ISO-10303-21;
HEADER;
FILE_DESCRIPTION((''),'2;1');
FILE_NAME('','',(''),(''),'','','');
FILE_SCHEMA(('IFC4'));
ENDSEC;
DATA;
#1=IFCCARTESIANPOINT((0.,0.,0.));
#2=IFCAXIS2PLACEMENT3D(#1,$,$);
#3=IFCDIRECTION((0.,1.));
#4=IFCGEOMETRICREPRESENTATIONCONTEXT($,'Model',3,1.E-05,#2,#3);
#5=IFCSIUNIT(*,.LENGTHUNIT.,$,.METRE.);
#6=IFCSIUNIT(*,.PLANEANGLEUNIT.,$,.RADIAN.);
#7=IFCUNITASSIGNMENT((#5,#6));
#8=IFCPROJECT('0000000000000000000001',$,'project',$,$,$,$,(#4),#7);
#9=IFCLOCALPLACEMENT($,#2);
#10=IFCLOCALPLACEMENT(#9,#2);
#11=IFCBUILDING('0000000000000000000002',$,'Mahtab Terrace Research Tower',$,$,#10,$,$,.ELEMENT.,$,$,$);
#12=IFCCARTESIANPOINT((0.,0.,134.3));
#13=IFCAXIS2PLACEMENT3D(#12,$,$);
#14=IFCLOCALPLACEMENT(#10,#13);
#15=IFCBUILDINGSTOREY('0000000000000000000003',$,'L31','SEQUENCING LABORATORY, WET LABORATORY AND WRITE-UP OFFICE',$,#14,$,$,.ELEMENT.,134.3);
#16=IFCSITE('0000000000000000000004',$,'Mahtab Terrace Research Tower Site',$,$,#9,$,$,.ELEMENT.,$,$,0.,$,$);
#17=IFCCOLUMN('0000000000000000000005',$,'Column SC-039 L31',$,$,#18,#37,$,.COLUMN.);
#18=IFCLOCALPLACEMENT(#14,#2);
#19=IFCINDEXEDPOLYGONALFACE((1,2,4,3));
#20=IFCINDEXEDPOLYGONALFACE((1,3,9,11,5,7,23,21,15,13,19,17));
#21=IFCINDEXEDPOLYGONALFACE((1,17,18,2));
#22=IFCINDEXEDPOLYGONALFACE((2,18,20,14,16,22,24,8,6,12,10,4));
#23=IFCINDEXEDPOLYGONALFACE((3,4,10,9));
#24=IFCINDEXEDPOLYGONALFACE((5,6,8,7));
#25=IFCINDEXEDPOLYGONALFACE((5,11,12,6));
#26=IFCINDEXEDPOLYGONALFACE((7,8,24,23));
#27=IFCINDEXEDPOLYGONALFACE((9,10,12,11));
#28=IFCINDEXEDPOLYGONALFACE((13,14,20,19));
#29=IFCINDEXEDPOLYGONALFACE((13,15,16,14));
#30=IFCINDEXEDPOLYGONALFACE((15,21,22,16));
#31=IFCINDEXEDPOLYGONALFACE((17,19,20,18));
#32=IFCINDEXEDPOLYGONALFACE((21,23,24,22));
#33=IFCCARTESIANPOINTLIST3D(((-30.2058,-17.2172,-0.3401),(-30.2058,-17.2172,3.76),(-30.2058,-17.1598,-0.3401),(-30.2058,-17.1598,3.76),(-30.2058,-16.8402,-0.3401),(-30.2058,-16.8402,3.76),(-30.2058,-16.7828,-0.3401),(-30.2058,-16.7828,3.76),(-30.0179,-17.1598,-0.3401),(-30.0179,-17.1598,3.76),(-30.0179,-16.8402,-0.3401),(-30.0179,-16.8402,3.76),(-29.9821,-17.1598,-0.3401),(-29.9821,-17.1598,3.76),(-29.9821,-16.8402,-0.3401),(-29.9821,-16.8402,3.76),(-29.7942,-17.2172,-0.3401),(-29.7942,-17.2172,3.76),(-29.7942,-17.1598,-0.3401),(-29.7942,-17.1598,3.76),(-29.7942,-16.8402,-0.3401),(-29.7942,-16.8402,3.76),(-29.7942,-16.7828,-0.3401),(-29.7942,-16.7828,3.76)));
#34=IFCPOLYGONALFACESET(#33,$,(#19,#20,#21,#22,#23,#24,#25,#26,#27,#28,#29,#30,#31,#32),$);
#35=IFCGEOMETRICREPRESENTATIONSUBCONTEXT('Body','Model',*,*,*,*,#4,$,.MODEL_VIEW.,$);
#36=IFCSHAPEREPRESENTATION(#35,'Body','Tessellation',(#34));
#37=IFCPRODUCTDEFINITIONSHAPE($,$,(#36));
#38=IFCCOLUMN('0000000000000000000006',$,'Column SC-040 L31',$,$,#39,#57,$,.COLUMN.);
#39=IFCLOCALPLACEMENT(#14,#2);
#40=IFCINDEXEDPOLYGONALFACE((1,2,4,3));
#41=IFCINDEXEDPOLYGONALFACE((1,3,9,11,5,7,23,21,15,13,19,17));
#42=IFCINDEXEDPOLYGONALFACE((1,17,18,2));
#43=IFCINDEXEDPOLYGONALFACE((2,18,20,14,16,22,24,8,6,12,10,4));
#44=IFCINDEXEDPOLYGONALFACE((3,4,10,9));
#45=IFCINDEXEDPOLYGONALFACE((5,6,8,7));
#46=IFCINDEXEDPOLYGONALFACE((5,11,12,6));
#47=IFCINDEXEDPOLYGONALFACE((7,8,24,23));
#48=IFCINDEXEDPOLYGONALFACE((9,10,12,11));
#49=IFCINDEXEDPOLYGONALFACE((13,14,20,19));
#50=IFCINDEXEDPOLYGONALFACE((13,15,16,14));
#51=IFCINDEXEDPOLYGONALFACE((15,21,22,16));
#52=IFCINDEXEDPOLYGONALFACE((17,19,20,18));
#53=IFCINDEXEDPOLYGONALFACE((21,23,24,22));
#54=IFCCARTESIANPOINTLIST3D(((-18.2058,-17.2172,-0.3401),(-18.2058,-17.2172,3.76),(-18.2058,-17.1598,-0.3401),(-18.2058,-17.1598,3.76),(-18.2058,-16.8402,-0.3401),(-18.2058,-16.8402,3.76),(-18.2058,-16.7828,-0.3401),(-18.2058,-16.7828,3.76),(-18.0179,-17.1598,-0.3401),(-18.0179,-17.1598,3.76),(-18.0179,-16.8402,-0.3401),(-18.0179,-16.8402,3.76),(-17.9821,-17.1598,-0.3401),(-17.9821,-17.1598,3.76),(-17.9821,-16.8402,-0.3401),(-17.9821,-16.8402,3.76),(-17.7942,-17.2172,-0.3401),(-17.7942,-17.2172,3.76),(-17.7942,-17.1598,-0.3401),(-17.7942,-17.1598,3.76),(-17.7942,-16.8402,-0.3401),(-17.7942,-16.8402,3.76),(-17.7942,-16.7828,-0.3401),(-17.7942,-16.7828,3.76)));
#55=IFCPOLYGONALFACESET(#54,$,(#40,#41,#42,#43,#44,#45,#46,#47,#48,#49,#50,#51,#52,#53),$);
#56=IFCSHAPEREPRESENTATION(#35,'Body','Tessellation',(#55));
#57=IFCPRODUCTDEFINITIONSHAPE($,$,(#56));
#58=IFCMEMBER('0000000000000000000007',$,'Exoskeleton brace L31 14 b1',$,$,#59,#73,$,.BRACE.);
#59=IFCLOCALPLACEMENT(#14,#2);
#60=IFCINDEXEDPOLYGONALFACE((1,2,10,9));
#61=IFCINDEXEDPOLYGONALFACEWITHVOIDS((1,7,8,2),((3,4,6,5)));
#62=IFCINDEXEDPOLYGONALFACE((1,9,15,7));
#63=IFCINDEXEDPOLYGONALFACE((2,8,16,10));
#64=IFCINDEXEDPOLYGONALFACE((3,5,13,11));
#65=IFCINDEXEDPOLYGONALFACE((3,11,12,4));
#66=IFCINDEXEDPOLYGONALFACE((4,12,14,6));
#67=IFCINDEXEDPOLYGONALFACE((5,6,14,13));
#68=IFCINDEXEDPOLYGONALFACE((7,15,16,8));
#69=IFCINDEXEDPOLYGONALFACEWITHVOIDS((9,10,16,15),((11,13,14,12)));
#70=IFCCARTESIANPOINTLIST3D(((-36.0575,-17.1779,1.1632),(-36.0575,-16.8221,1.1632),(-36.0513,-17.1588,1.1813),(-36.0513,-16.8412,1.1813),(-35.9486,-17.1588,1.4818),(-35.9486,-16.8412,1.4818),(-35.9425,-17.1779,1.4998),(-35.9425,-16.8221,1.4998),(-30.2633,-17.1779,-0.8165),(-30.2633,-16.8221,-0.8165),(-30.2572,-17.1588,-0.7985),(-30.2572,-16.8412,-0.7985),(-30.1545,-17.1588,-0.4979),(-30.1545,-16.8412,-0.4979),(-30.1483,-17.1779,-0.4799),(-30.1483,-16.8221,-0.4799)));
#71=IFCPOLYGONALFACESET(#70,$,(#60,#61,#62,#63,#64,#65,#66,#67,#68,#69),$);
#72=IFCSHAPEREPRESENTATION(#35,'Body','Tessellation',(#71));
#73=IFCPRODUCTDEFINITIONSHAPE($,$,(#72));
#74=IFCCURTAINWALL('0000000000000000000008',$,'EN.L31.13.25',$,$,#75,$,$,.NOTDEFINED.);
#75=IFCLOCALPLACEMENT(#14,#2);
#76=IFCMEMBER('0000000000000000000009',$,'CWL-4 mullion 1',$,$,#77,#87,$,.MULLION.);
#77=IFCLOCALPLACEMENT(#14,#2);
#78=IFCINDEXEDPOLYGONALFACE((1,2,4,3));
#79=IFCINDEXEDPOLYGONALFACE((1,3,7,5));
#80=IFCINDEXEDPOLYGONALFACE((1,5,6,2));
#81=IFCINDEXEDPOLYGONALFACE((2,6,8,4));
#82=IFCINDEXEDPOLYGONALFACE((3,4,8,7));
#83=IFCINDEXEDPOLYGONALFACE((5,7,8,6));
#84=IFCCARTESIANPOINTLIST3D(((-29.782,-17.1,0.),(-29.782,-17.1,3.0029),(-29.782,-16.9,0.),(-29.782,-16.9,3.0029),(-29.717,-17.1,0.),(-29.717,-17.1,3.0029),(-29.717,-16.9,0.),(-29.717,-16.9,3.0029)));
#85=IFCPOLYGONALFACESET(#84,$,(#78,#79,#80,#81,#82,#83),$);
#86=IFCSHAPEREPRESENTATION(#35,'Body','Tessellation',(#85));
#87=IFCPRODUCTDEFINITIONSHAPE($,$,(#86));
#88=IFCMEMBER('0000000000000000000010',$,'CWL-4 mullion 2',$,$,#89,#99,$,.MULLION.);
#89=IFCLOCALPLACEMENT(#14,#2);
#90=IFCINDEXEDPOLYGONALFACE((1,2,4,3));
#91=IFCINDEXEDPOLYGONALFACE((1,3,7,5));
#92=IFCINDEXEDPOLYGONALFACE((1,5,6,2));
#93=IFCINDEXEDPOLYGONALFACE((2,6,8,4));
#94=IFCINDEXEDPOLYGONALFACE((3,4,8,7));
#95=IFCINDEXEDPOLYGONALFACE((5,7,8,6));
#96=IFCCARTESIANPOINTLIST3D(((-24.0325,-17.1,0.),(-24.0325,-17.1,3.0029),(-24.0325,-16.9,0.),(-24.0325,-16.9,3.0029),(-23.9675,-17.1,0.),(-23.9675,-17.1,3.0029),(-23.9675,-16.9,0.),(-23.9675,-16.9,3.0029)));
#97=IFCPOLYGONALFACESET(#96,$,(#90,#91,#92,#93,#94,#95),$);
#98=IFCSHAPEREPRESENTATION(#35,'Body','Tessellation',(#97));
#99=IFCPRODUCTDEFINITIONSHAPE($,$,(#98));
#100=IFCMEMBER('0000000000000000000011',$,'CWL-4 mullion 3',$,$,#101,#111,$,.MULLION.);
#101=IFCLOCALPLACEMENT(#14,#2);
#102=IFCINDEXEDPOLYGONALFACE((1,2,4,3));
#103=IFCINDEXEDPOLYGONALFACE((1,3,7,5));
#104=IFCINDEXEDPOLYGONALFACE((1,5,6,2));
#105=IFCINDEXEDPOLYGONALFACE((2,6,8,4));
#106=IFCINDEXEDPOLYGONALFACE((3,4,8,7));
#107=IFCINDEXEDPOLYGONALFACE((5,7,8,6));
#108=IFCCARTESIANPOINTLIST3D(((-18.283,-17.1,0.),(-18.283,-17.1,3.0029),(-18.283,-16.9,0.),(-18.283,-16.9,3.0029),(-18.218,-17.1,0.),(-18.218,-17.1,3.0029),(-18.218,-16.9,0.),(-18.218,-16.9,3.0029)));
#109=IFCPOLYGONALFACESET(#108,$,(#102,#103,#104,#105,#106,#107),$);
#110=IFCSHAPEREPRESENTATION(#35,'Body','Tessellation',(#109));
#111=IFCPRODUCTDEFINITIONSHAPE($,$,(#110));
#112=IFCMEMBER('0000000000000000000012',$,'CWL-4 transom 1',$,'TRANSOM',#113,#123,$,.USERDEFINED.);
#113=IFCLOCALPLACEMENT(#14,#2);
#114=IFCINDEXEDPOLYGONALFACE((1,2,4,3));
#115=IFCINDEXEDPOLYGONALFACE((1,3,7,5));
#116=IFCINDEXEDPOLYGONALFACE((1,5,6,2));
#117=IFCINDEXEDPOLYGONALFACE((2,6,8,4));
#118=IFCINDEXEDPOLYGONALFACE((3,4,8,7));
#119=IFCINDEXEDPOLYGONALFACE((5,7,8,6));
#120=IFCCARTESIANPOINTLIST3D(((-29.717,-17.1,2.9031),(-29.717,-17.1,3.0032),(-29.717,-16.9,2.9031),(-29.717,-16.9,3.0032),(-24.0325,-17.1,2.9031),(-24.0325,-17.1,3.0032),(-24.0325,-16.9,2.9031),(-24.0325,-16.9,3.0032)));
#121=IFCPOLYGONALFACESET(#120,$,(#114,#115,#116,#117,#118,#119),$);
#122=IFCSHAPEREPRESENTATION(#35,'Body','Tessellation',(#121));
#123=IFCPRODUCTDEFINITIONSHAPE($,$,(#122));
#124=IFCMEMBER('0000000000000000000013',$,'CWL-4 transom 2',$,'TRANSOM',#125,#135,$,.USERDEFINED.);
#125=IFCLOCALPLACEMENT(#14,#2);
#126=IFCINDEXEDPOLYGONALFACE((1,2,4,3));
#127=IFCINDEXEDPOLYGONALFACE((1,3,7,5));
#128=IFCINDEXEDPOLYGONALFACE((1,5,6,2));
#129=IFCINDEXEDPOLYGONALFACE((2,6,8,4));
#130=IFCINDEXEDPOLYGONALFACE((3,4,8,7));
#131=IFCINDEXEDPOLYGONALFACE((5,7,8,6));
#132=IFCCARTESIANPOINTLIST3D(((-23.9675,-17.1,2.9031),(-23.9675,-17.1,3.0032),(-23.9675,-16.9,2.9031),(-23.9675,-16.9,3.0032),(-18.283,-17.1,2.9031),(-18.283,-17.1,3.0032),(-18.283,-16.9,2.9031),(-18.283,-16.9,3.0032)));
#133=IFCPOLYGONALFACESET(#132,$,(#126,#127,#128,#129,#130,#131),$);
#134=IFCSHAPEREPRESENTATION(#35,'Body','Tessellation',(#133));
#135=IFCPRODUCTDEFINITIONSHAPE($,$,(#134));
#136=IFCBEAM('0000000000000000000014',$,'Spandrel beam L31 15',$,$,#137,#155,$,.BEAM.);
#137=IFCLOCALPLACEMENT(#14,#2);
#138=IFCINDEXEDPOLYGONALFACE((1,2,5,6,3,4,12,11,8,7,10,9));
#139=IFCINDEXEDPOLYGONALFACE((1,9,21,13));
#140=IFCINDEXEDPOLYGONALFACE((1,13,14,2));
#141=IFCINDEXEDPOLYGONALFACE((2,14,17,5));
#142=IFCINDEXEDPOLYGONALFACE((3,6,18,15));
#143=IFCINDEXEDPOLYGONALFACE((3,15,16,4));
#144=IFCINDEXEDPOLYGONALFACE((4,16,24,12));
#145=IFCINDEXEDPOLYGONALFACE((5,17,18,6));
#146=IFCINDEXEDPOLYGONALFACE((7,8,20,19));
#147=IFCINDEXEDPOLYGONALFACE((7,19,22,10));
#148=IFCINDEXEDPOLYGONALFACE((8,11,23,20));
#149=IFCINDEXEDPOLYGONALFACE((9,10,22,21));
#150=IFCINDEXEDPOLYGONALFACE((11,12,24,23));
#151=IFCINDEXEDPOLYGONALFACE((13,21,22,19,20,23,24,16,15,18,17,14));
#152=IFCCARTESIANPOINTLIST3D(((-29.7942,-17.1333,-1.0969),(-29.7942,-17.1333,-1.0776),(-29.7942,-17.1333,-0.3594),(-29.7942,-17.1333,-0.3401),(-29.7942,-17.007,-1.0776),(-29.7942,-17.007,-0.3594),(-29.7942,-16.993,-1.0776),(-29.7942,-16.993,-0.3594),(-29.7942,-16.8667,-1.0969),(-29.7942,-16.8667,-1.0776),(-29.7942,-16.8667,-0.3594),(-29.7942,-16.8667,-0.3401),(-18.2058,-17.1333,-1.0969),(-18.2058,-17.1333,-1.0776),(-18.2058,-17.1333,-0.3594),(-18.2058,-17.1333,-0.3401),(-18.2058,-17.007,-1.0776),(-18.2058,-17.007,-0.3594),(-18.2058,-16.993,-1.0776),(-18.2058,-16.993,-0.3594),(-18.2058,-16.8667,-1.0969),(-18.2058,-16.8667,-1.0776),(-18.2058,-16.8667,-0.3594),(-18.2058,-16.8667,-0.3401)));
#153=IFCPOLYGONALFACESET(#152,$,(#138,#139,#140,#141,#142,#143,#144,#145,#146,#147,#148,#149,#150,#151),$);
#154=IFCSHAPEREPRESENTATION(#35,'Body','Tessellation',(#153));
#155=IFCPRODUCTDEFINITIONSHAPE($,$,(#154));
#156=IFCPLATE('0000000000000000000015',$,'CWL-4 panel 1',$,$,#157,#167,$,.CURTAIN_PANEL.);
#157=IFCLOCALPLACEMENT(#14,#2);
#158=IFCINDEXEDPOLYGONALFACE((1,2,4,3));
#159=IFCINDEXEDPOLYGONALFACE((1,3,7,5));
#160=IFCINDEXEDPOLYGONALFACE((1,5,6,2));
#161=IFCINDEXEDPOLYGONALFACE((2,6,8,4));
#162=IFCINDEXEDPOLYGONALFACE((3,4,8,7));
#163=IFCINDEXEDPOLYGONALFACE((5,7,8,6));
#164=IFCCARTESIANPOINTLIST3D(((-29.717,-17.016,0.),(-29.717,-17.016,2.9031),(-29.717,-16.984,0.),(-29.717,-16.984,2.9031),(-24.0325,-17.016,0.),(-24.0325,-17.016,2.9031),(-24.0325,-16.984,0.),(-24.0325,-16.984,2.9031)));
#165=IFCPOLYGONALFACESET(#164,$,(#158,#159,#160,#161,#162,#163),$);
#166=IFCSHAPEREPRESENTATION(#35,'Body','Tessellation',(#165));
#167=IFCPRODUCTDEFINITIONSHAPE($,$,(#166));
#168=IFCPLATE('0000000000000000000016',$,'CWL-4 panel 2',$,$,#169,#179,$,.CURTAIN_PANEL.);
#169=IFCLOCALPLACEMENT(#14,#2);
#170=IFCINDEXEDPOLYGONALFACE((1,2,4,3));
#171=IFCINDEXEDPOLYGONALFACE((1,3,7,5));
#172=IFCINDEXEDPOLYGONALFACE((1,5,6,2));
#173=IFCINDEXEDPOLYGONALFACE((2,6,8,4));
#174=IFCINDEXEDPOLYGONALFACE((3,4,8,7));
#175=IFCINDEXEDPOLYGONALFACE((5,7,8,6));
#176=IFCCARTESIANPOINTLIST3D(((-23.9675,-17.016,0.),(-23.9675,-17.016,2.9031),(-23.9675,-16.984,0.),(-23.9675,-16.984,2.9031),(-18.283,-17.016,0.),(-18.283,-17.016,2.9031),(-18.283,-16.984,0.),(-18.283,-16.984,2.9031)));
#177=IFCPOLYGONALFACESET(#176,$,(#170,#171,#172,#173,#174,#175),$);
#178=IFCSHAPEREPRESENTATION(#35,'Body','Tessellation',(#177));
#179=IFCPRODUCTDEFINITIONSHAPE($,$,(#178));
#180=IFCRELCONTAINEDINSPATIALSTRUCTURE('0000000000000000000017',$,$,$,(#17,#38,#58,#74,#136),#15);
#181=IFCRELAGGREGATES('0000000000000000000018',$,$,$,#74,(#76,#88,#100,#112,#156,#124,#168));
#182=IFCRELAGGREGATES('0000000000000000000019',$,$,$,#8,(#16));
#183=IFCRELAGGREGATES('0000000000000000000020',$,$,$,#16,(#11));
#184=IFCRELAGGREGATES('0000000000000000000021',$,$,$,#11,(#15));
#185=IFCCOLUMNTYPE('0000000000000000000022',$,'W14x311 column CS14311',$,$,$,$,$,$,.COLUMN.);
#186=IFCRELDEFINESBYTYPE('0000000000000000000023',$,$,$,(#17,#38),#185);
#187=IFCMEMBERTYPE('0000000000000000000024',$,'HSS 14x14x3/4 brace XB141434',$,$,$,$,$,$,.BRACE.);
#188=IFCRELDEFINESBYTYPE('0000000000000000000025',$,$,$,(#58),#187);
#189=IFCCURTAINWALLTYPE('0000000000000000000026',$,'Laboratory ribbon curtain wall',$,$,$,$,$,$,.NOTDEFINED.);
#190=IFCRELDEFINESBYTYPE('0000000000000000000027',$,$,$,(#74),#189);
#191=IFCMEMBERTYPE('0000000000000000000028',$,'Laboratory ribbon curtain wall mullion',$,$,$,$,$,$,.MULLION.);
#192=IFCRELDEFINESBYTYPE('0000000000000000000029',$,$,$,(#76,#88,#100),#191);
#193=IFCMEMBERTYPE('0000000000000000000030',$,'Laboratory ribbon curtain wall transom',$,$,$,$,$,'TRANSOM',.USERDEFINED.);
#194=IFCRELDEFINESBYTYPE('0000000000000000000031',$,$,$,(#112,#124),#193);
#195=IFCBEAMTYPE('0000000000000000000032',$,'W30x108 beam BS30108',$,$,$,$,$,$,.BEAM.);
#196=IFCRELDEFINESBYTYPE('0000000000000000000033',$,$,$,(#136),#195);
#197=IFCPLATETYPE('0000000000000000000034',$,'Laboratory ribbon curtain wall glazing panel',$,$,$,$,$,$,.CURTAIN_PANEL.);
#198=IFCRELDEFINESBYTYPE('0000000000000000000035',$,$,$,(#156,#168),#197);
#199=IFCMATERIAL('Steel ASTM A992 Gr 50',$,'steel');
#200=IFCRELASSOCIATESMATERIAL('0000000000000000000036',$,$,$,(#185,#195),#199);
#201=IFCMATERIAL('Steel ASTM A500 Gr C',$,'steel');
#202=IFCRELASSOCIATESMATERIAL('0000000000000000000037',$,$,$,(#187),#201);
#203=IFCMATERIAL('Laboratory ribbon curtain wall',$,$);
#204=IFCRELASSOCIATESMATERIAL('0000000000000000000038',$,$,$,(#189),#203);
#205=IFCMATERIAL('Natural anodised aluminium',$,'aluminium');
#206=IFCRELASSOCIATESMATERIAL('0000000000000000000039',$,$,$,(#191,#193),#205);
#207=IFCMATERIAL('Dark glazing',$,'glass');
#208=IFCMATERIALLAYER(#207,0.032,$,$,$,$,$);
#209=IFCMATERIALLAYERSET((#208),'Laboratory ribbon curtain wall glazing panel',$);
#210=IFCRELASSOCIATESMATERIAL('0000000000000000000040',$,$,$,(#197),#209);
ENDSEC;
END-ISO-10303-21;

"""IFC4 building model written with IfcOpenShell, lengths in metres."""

from ifc_helpers import new_model, si_unit, direction, frame, origin, origin_2d, place, context, subcontext, project, spatial, rectangle, hollow_rectangle, i_section, extrude, material, layer, layer_set, material_profile, profile_set, type_object, element, aggregate, save


model = new_model("IFC4")

# Units and contexts
model_context = context("Model", 3, precision=1e-05, world=origin(), true_north=direction((0.0, 1.0)))
body_context = subcontext(model_context, "Body", "Model", "MODEL_VIEW")
ifc_project = project(units=[si_unit("LENGTHUNIT", "METRE"), si_unit("PLANEANGLEUNIT", "RADIAN")], contexts=[model_context])

# Site, building, storey
site_placement = place(None, origin())
site = spatial("IfcSite", under=ifc_project, at=site_placement, Name="Mahtab Terrace Research Tower Site", CompositionType="ELEMENT", RefElevation=0.0)
building_placement = place(site_placement, origin())
building = spatial("IfcBuilding", under=site, at=building_placement, Name="Mahtab Terrace Research Tower", CompositionType="ELEMENT")
storey_placement = place(building_placement, frame((0.0, 0.0, 134.3)))
storey = spatial("IfcBuildingStorey", under=building, at=storey_placement, Name="L31", Description="SEQUENCING LABORATORY, WET LABORATORY AND WRITE-UP OFFICE", CompositionType="ELEMENT", Elevation=134.3)

# Columns
ifc_material_1 = material(Name="Steel ASTM A992 Gr 50", Category="steel")
ifc_material_profile_1 = material_profile(ifc_material_1, i_section(OverallWidth=0.4116, OverallDepth=0.4343, WebThickness=0.0359, FlangeThickness=0.0574, at=origin_2d()), Name="W14X311")
ifc_profile_set_1 = profile_set([ifc_material_profile_1], Name="Steel ASTM A992 Gr 50")
column_type = type_object("IfcColumnType", Name="W14x311 column CS14311", PredefinedType="COLUMN", material=ifc_profile_set_1)
for number, where, z_axis, x_axis, name in (
    (1, (-30.0, -17.0, -0.3401), (0.0, 0.0, 1.0), (1.0, 0.0, 0.0), "Column SC-039 L31"),
    (2, (-18.0, -17.0, -0.3401), (0.0, 0.0, 1.0), (1.0, 0.0, 0.0), "Column SC-040 L31"),
):
    element("IfcColumn", number, at=place(storey_placement, frame(where, z_axis=z_axis, x_axis=x_axis)), inside=storey, type_object=column_type, Name=name, PredefinedType="COLUMN", context=body_context, shape_type="SweptSolid", body=[
        extrude(i_section(OverallWidth=0.4116, OverallDepth=0.4343, WebThickness=0.0359, FlangeThickness=0.0574, at=origin_2d()), origin(), (0.0, 0.0, 1.0), 4.1001),
    ])

# Member
ifc_material_2 = material(Name="Steel ASTM A500 Gr C", Category="steel")
ifc_material_profile_2 = material_profile(ifc_material_2, hollow_rectangle(XDim=0.3557, YDim=0.3557, WallThickness=0.019, at=origin_2d()), Name="HSS14X14X3/4")
ifc_profile_set_2 = profile_set([ifc_material_profile_2], Name="Steel ASTM A500 Gr C")
member_type_1 = type_object("IfcMemberType", Name="HSS 14x14x3/4 brace XB141434", PredefinedType="BRACE", material=ifc_profile_set_2)
member_1_placement = place(storey_placement, frame((-30.2058, -17.0, -0.6482), z_axis=(-0.946288, 0.0, 0.323324), x_axis=(0.0, -1.0, 0.0)))
element("IfcMember", 3, at=member_1_placement, inside=storey, type_object=member_type_1, Name="Exoskeleton brace L31 14 b1", PredefinedType="BRACE", context=body_context, shape_type="SweptSolid", body=[
    extrude(hollow_rectangle(XDim=0.3557, YDim=0.3557, WallThickness=0.019, at=origin_2d()), origin(), (0.0, 0.0, 1.0), 6.123),
])

# Curtain wall, members
ifc_material_3 = material(Name="Laboratory ribbon curtain wall")
curtain_wall_type = type_object("IfcCurtainWallType", Name="Laboratory ribbon curtain wall", PredefinedType="NOTDEFINED", material=ifc_material_3)
curtain_wall_placement = place(storey_placement, origin())
curtain_wall = element("IfcCurtainWall", 4, at=curtain_wall_placement, inside=storey, type_object=curtain_wall_type, Name="EN.L31.13.25", PredefinedType="NOTDEFINED")
ifc_material_4 = material(Name="Natural anodised aluminium", Category="aluminium")
ifc_material_profile_3 = material_profile(ifc_material_4, rectangle(XDim=0.2, YDim=0.0649, at=origin_2d()), Name="MULLION 65x200")
ifc_profile_set_3 = profile_set([ifc_material_profile_3], Name="Natural anodised aluminium")
member_type_2 = type_object("IfcMemberType", Name="Laboratory ribbon curtain wall mullion", PredefinedType="MULLION", material=ifc_profile_set_3)
member_2_placement = place(storey_placement, frame((-29.7495, -17.0, 0.0), z_axis=(0.0, 0.0, 1.0), x_axis=(0.0, 1.0, 0.0)))
member_2 = element("IfcMember", 5, at=member_2_placement, type_object=member_type_2, Name="CWL-4 mullion 1", PredefinedType="MULLION", context=body_context, shape_type="SweptSolid", body=[
    extrude(rectangle(XDim=0.2, YDim=0.0649, at=origin_2d()), origin(), (0.0, 0.0, 1.0), 3.0029),
])
member_3_placement = place(storey_placement, frame((-24.0, -17.0, 0.0), z_axis=(0.0, 0.0, 1.0), x_axis=(0.0, 1.0, 0.0)))
member_3 = element("IfcMember", 6, at=member_3_placement, type_object=member_type_2, Name="CWL-4 mullion 2", PredefinedType="MULLION", context=body_context, shape_type="SweptSolid", body=[
    extrude(rectangle(XDim=0.2, YDim=0.0649, at=origin_2d()), origin(), (0.0, 0.0, 1.0), 3.0029),
])
member_4_placement = place(storey_placement, frame((-18.2505, -17.0, 0.0), z_axis=(0.0, 0.0, 1.0), x_axis=(0.0, 1.0, 0.0)))
member_4 = element("IfcMember", 7, at=member_4_placement, type_object=member_type_2, Name="CWL-4 mullion 3", PredefinedType="MULLION", context=body_context, shape_type="SweptSolid", body=[
    extrude(rectangle(XDim=0.2, YDim=0.0649, at=origin_2d()), origin(), (0.0, 0.0, 1.0), 3.0029),
])
ifc_material_profile_4 = material_profile(ifc_material_4, rectangle(XDim=0.2, YDim=0.1001, at=origin_2d()), Name="TRANSOM 100x200")
ifc_profile_set_4 = profile_set([ifc_material_profile_4], Name="Natural anodised aluminium")
member_type_3 = type_object("IfcMemberType", Name="Laboratory ribbon curtain wall transom", ElementType="TRANSOM", PredefinedType="USERDEFINED", material=ifc_profile_set_4)
member_5_placement = place(storey_placement, frame((-29.717, -17.0, 2.9531), z_axis=(1.0, 0.0, 0.0), x_axis=(0.0, 1.0, 0.0)))
member_5 = element("IfcMember", 8, at=member_5_placement, type_object=member_type_3, Name="CWL-4 transom 1", ObjectType="TRANSOM", PredefinedType="USERDEFINED", context=body_context, shape_type="SweptSolid", body=[
    extrude(rectangle(XDim=0.2, YDim=0.1001, at=origin_2d()), origin(), (0.0, 0.0, 1.0), 5.6846),
])
member_6_placement = place(storey_placement, frame((-23.9675, -17.0, 2.9531), z_axis=(1.0, 0.0, 0.0), x_axis=(0.0, 1.0, 0.0)))
member_6 = element("IfcMember", 9, at=member_6_placement, type_object=member_type_3, Name="CWL-4 transom 2", ObjectType="TRANSOM", PredefinedType="USERDEFINED", context=body_context, shape_type="SweptSolid", body=[
    extrude(rectangle(XDim=0.2, YDim=0.1001, at=origin_2d()), origin(), (0.0, 0.0, 1.0), 5.6846),
])

# Beam
ifc_material_profile_5 = material_profile(ifc_material_1, i_section(OverallWidth=0.2666, OverallDepth=0.7568, WebThickness=0.0139, FlangeThickness=0.0193, at=origin_2d()), Name="W30X108")
ifc_profile_set_5 = profile_set([ifc_material_profile_5], Name="Steel ASTM A992 Gr 50")
beam_type = type_object("IfcBeamType", Name="W30x108 beam BS30108", PredefinedType="BEAM", material=ifc_profile_set_5)
beam_placement = place(storey_placement, frame((-29.7942, -17.0, -0.7185), z_axis=(1.0, 0.0, 0.0), x_axis=(0.0, 1.0, 0.0)))
element("IfcBeam", 10, at=beam_placement, inside=storey, type_object=beam_type, Name="Spandrel beam L31 15", PredefinedType="BEAM", context=body_context, shape_type="SweptSolid", body=[
    extrude(i_section(OverallWidth=0.2666, OverallDepth=0.7568, WebThickness=0.0139, FlangeThickness=0.0193, at=origin_2d()), origin(), (0.0, 0.0, 1.0), 11.5884),
])

# Plates
ifc_material_5 = material(Name="Dark glazing", Category="glass")
ifc_layer_1 = layer(ifc_material_5, 0.032)
ifc_layer_set_1 = layer_set([ifc_layer_1], Name="Laboratory ribbon curtain wall glazing panel")
plate_type = type_object("IfcPlateType", Name="Laboratory ribbon curtain wall glazing panel", PredefinedType="CURTAIN_PANEL", material=ifc_layer_set_1)
plate_1_placement = place(storey_placement, frame((-26.8748, -17.0, 0.0), z_axis=(0.0, 0.0, 1.0), x_axis=(1.0, 0.0, 0.0)))
plate_1 = element("IfcPlate", 11, at=plate_1_placement, type_object=plate_type, Name="CWL-4 panel 1", PredefinedType="CURTAIN_PANEL", context=body_context, shape_type="SweptSolid", body=[
    extrude(rectangle(XDim=5.6846, YDim=0.032, at=origin_2d()), origin(), (0.0, 0.0, 1.0), 2.9031),
])
plate_2_placement = place(storey_placement, frame((-21.1252, -17.0, 0.0), z_axis=(0.0, 0.0, 1.0), x_axis=(1.0, 0.0, 0.0)))
plate_2 = element("IfcPlate", 12, at=plate_2_placement, type_object=plate_type, Name="CWL-4 panel 2", PredefinedType="CURTAIN_PANEL", context=body_context, shape_type="SweptSolid", body=[
    extrude(rectangle(XDim=5.6846, YDim=0.032, at=origin_2d()), origin(), (0.0, 0.0, 1.0), 2.9031),
])
aggregate(curtain_wall, [member_2, member_3, member_4, member_5, plate_1, member_6, plate_2])

save(model, "model.ifc")
